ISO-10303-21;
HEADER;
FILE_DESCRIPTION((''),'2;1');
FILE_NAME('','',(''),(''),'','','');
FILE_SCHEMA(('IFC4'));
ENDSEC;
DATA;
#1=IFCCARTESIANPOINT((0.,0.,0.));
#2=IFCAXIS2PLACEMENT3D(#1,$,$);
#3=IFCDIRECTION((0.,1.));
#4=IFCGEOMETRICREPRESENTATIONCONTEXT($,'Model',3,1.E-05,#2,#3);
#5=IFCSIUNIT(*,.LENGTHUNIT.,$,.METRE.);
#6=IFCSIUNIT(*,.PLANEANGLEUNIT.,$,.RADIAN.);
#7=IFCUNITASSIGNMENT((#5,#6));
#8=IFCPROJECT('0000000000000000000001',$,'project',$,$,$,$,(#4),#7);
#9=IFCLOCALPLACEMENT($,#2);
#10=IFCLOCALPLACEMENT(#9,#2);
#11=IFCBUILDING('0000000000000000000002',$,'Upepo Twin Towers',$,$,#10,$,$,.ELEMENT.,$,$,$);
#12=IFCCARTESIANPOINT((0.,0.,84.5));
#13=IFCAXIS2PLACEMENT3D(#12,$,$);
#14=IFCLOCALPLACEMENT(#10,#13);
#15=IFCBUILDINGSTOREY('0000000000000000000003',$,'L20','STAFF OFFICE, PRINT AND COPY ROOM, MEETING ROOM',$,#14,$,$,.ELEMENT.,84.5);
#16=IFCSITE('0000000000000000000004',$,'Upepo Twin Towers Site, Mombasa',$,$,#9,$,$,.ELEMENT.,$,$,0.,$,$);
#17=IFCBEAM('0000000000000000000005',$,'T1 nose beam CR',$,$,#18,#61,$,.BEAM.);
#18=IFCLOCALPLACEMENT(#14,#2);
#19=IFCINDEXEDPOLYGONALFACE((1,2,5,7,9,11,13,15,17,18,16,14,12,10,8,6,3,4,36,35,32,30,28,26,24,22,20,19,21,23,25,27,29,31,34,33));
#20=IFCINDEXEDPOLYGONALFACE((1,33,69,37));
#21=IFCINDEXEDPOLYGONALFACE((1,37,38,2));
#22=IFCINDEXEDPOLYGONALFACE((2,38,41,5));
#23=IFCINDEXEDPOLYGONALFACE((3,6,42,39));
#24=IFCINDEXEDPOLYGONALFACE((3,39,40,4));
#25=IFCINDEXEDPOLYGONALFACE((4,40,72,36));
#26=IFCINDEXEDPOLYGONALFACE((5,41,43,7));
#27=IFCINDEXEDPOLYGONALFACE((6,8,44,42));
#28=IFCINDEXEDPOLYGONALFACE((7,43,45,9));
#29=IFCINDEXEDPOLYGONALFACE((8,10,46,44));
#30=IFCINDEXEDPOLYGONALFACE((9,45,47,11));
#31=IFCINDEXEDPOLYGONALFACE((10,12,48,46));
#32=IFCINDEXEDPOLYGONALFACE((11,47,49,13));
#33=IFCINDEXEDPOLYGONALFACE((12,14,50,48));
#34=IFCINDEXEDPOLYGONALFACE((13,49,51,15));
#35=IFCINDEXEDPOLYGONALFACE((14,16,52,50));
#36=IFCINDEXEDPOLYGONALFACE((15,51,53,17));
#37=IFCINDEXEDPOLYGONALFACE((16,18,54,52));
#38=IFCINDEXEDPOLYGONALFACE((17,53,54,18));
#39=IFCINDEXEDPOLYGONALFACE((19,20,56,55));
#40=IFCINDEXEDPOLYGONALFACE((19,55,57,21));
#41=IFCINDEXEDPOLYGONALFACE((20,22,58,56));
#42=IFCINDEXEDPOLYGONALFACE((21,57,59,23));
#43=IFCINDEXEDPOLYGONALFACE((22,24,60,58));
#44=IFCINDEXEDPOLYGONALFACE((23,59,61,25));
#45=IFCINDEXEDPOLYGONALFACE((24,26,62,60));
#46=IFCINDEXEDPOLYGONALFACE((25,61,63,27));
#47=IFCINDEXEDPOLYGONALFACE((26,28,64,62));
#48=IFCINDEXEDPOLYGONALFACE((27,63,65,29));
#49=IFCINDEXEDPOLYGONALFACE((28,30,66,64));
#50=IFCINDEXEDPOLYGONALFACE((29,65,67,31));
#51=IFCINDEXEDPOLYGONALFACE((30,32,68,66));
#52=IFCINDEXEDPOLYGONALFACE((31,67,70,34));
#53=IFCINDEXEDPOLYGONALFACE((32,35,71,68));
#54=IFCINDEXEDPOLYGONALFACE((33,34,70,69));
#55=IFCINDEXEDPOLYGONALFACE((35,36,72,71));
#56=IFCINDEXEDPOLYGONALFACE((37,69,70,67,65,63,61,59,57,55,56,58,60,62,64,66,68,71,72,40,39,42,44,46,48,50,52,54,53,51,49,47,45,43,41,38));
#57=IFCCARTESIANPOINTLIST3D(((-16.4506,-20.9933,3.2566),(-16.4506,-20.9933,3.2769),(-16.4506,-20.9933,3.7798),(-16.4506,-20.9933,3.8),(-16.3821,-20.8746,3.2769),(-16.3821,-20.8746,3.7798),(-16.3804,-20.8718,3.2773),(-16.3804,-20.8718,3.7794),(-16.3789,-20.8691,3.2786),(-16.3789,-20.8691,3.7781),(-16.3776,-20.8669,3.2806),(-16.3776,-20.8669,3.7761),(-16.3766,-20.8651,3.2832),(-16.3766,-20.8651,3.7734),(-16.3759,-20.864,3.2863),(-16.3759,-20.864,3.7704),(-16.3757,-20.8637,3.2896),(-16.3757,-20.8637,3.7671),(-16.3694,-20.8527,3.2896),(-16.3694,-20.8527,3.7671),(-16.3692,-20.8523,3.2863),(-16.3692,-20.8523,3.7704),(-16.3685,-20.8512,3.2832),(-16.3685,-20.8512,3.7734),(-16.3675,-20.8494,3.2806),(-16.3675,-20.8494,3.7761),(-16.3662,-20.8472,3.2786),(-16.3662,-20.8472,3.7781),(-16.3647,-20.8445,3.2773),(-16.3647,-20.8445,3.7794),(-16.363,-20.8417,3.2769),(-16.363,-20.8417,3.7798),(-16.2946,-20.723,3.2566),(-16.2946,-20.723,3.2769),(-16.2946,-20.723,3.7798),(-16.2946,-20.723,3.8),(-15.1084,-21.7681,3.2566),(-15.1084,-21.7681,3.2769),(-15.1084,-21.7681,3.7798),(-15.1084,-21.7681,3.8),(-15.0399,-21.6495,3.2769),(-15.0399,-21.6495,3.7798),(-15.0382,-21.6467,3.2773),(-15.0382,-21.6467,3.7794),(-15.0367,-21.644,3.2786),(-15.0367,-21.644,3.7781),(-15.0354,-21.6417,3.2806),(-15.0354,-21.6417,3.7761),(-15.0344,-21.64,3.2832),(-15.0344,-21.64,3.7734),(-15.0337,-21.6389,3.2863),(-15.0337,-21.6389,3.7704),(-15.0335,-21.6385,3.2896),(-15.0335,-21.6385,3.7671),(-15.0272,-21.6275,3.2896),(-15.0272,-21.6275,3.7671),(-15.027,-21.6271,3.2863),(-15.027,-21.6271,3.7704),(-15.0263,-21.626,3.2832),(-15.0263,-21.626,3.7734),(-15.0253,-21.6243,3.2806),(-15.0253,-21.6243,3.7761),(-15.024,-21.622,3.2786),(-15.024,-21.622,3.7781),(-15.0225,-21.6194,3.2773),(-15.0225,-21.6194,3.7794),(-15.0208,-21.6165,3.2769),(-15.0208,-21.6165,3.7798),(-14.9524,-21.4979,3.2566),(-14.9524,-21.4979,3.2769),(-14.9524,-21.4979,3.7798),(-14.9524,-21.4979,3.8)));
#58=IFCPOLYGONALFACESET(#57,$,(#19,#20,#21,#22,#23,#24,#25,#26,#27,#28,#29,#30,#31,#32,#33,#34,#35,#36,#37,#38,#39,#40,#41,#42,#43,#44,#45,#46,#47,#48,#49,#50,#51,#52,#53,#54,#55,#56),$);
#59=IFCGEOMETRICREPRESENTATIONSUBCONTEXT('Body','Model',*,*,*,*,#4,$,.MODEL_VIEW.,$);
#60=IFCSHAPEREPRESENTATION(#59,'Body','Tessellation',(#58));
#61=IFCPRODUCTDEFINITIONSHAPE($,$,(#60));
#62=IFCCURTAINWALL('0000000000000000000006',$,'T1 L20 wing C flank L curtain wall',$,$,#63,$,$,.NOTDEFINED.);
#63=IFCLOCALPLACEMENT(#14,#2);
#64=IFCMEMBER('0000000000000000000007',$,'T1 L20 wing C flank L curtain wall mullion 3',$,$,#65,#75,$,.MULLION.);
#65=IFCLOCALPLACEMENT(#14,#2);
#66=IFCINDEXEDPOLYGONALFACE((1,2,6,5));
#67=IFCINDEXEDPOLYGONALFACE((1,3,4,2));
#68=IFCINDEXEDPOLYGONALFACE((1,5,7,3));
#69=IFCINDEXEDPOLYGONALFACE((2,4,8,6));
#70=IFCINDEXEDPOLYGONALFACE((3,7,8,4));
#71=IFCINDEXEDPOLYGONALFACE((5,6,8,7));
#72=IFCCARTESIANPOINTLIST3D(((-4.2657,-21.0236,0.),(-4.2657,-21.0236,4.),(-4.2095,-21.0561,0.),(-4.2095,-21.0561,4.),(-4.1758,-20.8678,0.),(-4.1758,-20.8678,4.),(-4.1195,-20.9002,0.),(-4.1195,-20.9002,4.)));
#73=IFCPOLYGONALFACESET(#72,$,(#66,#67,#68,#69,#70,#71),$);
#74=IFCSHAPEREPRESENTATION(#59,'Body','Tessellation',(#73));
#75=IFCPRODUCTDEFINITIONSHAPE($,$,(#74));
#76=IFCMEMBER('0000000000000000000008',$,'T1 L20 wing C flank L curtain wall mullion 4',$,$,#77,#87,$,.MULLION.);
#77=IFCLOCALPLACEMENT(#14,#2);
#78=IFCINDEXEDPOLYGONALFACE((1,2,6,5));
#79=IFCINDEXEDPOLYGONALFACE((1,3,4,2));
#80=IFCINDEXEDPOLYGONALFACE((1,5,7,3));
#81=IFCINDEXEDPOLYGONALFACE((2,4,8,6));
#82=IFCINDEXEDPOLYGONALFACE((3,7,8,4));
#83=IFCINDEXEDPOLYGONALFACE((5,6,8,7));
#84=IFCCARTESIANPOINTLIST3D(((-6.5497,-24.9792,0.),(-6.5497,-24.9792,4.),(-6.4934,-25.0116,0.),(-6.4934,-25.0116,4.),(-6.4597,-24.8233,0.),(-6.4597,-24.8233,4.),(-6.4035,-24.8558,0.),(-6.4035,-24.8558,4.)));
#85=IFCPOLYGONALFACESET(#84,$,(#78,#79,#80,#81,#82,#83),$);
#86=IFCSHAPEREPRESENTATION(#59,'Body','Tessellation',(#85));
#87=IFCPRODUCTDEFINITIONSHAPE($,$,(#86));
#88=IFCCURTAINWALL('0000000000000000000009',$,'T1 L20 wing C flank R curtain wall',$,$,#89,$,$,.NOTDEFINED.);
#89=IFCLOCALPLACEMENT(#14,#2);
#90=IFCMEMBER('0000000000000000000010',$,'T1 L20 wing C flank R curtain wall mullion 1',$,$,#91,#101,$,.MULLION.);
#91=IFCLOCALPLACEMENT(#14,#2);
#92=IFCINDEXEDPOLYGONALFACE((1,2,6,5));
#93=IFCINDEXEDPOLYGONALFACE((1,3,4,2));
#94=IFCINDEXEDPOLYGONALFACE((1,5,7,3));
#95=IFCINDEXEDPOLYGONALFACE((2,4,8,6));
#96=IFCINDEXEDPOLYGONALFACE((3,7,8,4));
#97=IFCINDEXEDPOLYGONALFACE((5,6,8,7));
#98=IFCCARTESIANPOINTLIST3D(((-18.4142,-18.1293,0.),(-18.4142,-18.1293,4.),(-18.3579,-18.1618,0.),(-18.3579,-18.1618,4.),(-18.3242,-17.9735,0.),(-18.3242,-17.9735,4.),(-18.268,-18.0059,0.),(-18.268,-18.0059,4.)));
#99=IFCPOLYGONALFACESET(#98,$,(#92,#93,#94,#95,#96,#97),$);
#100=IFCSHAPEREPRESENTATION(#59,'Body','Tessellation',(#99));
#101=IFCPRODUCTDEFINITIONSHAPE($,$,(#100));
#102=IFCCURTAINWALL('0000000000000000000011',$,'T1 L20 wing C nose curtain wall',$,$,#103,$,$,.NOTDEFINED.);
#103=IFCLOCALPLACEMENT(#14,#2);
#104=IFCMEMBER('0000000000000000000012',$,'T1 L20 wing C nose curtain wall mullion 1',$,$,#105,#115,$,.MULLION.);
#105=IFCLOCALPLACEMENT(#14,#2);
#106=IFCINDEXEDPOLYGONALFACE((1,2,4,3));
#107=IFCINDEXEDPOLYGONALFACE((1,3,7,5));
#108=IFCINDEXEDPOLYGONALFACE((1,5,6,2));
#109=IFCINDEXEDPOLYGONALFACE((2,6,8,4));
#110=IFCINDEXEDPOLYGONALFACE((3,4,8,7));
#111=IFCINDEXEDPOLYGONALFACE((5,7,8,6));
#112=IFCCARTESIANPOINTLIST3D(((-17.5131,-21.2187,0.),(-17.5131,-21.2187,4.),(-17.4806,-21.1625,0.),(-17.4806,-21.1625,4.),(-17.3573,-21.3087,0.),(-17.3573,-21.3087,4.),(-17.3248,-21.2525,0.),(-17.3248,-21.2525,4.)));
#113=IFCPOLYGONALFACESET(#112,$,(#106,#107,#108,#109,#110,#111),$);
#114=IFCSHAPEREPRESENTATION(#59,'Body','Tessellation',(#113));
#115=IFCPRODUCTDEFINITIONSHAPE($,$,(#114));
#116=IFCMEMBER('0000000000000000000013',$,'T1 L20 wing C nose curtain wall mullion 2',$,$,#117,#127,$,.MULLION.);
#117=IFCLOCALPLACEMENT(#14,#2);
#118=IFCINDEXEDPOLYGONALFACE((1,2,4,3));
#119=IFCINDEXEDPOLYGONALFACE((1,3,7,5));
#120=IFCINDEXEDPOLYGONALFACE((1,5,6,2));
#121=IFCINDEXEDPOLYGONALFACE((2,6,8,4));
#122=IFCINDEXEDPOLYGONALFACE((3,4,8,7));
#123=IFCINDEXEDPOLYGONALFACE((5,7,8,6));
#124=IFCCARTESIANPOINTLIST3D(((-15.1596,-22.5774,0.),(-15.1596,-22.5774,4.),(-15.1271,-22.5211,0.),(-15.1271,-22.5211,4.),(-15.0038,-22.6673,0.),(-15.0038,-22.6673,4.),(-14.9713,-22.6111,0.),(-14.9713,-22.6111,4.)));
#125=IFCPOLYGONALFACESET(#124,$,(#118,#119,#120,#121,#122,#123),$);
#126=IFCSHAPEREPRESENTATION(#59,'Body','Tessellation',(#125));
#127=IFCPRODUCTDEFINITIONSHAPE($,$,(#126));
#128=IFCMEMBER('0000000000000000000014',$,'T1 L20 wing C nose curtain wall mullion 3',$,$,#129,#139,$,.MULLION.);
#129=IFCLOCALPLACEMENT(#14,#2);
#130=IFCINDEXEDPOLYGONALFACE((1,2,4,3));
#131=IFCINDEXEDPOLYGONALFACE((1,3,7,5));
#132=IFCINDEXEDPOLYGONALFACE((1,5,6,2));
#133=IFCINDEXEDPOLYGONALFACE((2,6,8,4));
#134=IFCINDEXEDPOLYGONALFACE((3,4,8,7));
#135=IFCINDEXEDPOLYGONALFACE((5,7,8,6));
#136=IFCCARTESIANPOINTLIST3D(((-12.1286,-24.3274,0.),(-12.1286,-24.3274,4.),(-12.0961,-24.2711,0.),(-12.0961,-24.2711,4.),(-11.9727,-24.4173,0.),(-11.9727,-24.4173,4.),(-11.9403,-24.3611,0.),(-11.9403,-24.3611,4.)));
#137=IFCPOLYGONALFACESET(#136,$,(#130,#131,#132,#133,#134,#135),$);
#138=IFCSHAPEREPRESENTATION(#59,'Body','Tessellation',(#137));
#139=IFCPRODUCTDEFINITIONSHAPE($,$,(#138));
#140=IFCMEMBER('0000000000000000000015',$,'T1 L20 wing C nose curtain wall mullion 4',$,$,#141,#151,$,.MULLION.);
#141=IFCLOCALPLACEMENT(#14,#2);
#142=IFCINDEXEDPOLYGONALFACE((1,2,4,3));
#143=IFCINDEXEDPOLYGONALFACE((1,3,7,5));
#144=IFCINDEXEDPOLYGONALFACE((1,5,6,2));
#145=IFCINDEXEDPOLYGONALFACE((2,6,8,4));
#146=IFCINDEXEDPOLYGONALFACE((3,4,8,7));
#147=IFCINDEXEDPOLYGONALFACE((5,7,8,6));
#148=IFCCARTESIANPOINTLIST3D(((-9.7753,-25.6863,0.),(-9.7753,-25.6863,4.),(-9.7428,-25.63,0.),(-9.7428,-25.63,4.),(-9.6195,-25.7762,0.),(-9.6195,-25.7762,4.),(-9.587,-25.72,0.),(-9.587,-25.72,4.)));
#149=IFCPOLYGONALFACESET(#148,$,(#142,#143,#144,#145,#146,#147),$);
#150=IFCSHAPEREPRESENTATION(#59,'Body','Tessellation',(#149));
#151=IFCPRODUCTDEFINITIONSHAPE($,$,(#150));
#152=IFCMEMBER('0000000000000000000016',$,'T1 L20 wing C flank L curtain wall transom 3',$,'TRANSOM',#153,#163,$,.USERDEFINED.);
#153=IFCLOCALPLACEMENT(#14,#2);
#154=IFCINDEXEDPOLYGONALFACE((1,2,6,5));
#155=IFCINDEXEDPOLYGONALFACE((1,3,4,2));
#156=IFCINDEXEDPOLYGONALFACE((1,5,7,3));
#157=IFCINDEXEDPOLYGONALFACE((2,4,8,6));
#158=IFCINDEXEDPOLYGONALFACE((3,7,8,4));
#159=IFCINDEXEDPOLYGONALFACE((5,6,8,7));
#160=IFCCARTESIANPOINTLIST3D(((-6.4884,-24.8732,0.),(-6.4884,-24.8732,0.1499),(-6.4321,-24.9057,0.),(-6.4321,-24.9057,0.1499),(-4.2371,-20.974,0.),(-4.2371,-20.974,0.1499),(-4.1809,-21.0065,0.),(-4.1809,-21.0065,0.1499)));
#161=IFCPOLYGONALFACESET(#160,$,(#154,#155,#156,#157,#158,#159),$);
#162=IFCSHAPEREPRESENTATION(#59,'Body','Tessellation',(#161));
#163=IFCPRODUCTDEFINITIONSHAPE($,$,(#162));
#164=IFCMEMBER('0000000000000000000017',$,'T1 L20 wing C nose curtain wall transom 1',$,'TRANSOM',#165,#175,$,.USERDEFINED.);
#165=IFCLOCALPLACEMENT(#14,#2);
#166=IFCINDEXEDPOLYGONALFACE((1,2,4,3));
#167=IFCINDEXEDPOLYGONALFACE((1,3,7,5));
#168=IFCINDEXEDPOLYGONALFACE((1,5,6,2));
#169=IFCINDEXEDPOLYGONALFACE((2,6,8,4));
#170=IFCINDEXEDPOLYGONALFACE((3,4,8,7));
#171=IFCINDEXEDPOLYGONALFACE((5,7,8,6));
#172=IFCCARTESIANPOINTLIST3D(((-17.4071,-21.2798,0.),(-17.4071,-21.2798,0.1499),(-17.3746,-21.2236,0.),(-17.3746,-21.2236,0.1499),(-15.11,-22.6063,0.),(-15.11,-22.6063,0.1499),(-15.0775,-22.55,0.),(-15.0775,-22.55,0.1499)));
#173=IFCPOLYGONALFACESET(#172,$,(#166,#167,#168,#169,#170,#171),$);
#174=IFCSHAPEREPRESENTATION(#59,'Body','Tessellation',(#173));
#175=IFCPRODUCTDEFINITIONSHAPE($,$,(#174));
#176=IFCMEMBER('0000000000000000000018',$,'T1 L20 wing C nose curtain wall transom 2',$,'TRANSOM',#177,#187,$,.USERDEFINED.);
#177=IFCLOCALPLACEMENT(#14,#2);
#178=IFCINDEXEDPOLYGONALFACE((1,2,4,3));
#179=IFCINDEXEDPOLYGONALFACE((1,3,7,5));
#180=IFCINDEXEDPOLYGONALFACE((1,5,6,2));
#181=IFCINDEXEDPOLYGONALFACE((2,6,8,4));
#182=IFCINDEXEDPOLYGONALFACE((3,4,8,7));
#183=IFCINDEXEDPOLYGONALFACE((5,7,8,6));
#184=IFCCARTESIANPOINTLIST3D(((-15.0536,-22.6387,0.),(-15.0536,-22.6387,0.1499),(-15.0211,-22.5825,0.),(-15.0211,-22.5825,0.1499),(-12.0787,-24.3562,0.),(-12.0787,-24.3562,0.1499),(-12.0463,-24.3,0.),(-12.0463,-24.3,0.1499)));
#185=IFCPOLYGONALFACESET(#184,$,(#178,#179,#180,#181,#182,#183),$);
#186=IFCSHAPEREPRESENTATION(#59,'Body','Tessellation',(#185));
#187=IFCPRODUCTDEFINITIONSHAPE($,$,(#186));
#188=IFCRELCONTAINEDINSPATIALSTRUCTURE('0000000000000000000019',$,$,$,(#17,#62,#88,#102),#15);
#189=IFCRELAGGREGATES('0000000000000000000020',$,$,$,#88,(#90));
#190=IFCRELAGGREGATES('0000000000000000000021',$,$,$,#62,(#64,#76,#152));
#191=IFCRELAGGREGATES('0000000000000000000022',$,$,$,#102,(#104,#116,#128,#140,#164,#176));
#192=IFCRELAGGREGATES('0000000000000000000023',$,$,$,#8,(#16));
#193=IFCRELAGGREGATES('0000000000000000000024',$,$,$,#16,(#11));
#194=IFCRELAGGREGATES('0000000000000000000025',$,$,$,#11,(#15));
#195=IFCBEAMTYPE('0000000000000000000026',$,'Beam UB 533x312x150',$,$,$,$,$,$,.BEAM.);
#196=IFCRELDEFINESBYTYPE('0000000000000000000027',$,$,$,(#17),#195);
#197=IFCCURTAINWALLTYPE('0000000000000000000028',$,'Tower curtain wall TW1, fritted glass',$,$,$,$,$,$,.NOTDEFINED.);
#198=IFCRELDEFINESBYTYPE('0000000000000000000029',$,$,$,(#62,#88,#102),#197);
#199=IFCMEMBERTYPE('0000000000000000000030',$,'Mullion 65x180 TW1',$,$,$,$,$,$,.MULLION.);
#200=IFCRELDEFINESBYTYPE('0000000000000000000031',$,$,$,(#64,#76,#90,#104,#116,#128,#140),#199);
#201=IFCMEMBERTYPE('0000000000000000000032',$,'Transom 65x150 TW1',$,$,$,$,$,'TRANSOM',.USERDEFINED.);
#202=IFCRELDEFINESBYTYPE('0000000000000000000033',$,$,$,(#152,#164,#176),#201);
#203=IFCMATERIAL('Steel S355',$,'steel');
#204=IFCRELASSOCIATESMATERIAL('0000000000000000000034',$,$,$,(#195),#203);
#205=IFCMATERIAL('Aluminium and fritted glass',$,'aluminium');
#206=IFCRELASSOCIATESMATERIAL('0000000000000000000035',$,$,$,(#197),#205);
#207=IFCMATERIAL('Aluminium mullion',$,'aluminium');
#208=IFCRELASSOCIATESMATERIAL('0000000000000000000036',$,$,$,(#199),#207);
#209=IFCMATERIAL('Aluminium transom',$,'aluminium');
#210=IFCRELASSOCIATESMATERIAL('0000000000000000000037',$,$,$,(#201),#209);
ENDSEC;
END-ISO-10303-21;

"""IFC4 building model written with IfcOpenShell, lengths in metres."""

from ifc_helpers import new_model, si_unit, direction, frame, origin, origin_2d, place, context, subcontext, project, spatial, rectangle, i_section, extrude, material, material_profile, profile_set, type_object, element, aggregate, save


model = new_model("IFC4")

# Units and contexts
model_context = context("Model", 3, precision=1e-05, world=origin(), true_north=direction((0.0, 1.0)))
body_context = subcontext(model_context, "Body", "Model", "MODEL_VIEW")
ifc_project = project(units=[si_unit("LENGTHUNIT", "METRE"), si_unit("PLANEANGLEUNIT", "RADIAN")], contexts=[model_context])

# Site, building, storey
site_placement = place(None, origin())
site = spatial("IfcSite", under=ifc_project, at=site_placement, Name="Upepo Twin Towers Site, Mombasa", CompositionType="ELEMENT", RefElevation=0.0)
building_placement = place(site_placement, origin())
building = spatial("IfcBuilding", under=site, at=building_placement, Name="Upepo Twin Towers", CompositionType="ELEMENT")
storey_placement = place(building_placement, frame((0.0, 0.0, 84.5)))
storey = spatial("IfcBuildingStorey", under=building, at=storey_placement, Name="L20", Description="STAFF OFFICE, PRINT AND COPY ROOM, MEETING ROOM", CompositionType="ELEMENT", Elevation=84.5)

# Beam
ifc_material_1 = material(Name="Steel S355", Category="steel")
ifc_material_profile_1 = material_profile(ifc_material_1, i_section(OverallWidth=0.312, OverallDepth=0.5435, WebThickness=0.0127, FlangeThickness=0.0203, FilletRadius=0.0127, at=origin_2d()), Name="UB 533x312x150")
ifc_profile_set_1 = profile_set([ifc_material_profile_1], Name="Steel S355")
beam_type_1 = type_object("IfcBeamType", Name="Beam UB 533x312x150", PredefinedType="BEAM", material=ifc_profile_set_1)
for number, where, z_axis, x_axis, name in (
    (1, (-16.3726, -20.8582, 3.5283), (0.866044, -0.499968, 0.0), (0.499968, 0.866044, 0.0), "T1 nose beam CR"),
):
    element("IfcBeam", number, at=place(storey_placement, frame(where, z_axis=z_axis, x_axis=x_axis)), inside=storey, type_object=beam_type_1, Name=name, PredefinedType="BEAM", context=body_context, shape_type="SweptSolid", body=[
        extrude(i_section(OverallWidth=0.312, OverallDepth=0.5435, WebThickness=0.0127, FlangeThickness=0.0203, FilletRadius=0.0127, at=origin_2d()), origin(), (0.0, 0.0, 1.0), 1.5498),
    ])

# Curtain wall, members
ifc_material_2 = material(Name="Aluminium and fritted glass", Category="aluminium")
curtain_wall_type = type_object("IfcCurtainWallType", Name="Tower curtain wall TW1, fritted glass", PredefinedType="NOTDEFINED", material=ifc_material_2)
curtain_wall_1_placement = place(storey_placement, origin())
curtain_wall_1 = element("IfcCurtainWall", 2, at=curtain_wall_1_placement, inside=storey, type_object=curtain_wall_type, Name="T1 L20 wing C flank L curtain wall", PredefinedType="NOTDEFINED")
ifc_material_3 = material(Name="Aluminium mullion", Category="aluminium")
ifc_material_profile_2 = material_profile(ifc_material_3, rectangle(XDim=0.0649, YDim=0.1799, at=origin_2d()), Name="MULLION 65x180")
ifc_profile_set_2 = profile_set([ifc_material_profile_2], Name="Aluminium mullion")
member_type_1 = type_object("IfcMemberType", Name="Mullion 65x180 TW1", PredefinedType="MULLION", material=ifc_profile_set_2)
member_1_placement = place(storey_placement, frame((-4.1926, -20.9619, 0.0), z_axis=(0.0, 0.0, 1.0), x_axis=(0.866025, -0.5, 0.0)))
member_1 = element("IfcMember", 3, at=member_1_placement, type_object=member_type_1, Name="T1 L20 wing C flank L curtain wall mullion 3", PredefinedType="MULLION", context=body_context, shape_type="SweptSolid", body=[
    extrude(rectangle(XDim=0.0649, YDim=0.1799, at=origin_2d()), origin(), (0.0, 0.0, 1.0), 4.0),
])
member_2_placement = place(storey_placement, frame((-6.4766, -24.9175, 0.0), z_axis=(0.0, 0.0, 1.0), x_axis=(0.866025, -0.5, 0.0)))
member_2 = element("IfcMember", 4, at=member_2_placement, type_object=member_type_1, Name="T1 L20 wing C flank L curtain wall mullion 4", PredefinedType="MULLION", context=body_context, shape_type="SweptSolid", body=[
    extrude(rectangle(XDim=0.0649, YDim=0.1799, at=origin_2d()), origin(), (0.0, 0.0, 1.0), 4.0),
])

# Curtain wall, member
curtain_wall_2_placement = place(storey_placement, origin())
curtain_wall_2 = element("IfcCurtainWall", 5, at=curtain_wall_2_placement, inside=storey, type_object=curtain_wall_type, Name="T1 L20 wing C flank R curtain wall", PredefinedType="NOTDEFINED")
member_3_placement = place(storey_placement, frame((-18.3411, -18.0676, 0.0), z_axis=(0.0, 0.0, 1.0), x_axis=(-0.866025, 0.5, 0.0)))
member_3 = element("IfcMember", 6, at=member_3_placement, type_object=member_type_1, Name="T1 L20 wing C flank R curtain wall mullion 1", PredefinedType="MULLION", context=body_context, shape_type="SweptSolid", body=[
    extrude(rectangle(XDim=0.0649, YDim=0.1799, at=origin_2d()), origin(), (0.0, 0.0, 1.0), 4.0),
])
aggregate(curtain_wall_2, [member_3])

# Curtain wall, members
curtain_wall_3_placement = place(storey_placement, origin())
curtain_wall_3 = element("IfcCurtainWall", 7, at=curtain_wall_3_placement, inside=storey, type_object=curtain_wall_type, Name="T1 L20 wing C nose curtain wall", PredefinedType="NOTDEFINED")
member_4_placement = place(storey_placement, frame((-17.4189, -21.2356, 0.0), z_axis=(0.0, 0.0, 1.0), x_axis=(0.5, 0.866025, 0.0)))
member_4 = element("IfcMember", 8, at=member_4_placement, type_object=member_type_1, Name="T1 L20 wing C nose curtain wall mullion 1", PredefinedType="MULLION", context=body_context, shape_type="SweptSolid", body=[
    extrude(rectangle(XDim=0.0649, YDim=0.1799, at=origin_2d()), origin(), (0.0, 0.0, 1.0), 4.0),
])
member_5_placement = place(storey_placement, frame((-15.0654, -22.5942, 0.0), z_axis=(0.0, 0.0, 1.0), x_axis=(0.5, 0.866025, 0.0)))
member_5 = element("IfcMember", 9, at=member_5_placement, type_object=member_type_1, Name="T1 L20 wing C nose curtain wall mullion 2", PredefinedType="MULLION", context=body_context, shape_type="SweptSolid", body=[
    extrude(rectangle(XDim=0.0649, YDim=0.1799, at=origin_2d()), origin(), (0.0, 0.0, 1.0), 4.0),
])
member_6_placement = place(storey_placement, frame((-12.0344, -24.3442, 0.0), z_axis=(0.0, 0.0, 1.0), x_axis=(0.5, 0.866025, 0.0)))
member_6 = element("IfcMember", 10, at=member_6_placement, type_object=member_type_1, Name="T1 L20 wing C nose curtain wall mullion 3", PredefinedType="MULLION", context=body_context, shape_type="SweptSolid", body=[
    extrude(rectangle(XDim=0.0649, YDim=0.1799, at=origin_2d()), origin(), (0.0, 0.0, 1.0), 4.0),
])
member_7_placement = place(storey_placement, frame((-9.6812, -25.7031, 0.0), z_axis=(0.0, 0.0, 1.0), x_axis=(0.5, 0.866025, 0.0)))
member_7 = element("IfcMember", 11, at=member_7_placement, type_object=member_type_1, Name="T1 L20 wing C nose curtain wall mullion 4", PredefinedType="MULLION", context=body_context, shape_type="SweptSolid", body=[
    extrude(rectangle(XDim=0.0649, YDim=0.1799, at=origin_2d()), origin(), (0.0, 0.0, 1.0), 4.0),
])

# Members
ifc_material_4 = material(Name="Aluminium transom", Category="aluminium")
ifc_material_profile_3 = material_profile(ifc_material_4, rectangle(XDim=0.0649, YDim=0.1499, at=origin_2d()), Name="TRANSOM 65x150")
ifc_profile_set_3 = profile_set([ifc_material_profile_3], Name="Aluminium transom")
member_type_2 = type_object("IfcMemberType", Name="Transom 65x150 TW1", ElementType="TRANSOM", PredefinedType="USERDEFINED", material=ifc_profile_set_3)
member_8_placement = place(storey_placement, frame((-4.209, -20.9902, 0.075), z_axis=(-0.500006, -0.866022, 0.0), x_axis=(0.866022, -0.500006, 0.0)))
member_8 = element("IfcMember", 12, at=member_8_placement, type_object=member_type_2, Name="T1 L20 wing C flank L curtain wall transom 3", ObjectType="TRANSOM", PredefinedType="USERDEFINED", context=body_context, shape_type="SweptSolid", body=[
    extrude(rectangle(XDim=0.0649, YDim=0.1499, at=origin_2d()), origin(), (0.0, 0.0, 1.0), 4.5024),
])
member_9_placement = place(storey_placement, frame((-17.3909, -21.2517, 0.075), z_axis=(0.865997, -0.500049, 0.0), x_axis=(0.500049, 0.865997, 0.0)))
member_9 = element("IfcMember", 13, at=member_9_placement, type_object=member_type_2, Name="T1 L20 wing C nose curtain wall transom 1", ObjectType="TRANSOM", PredefinedType="USERDEFINED", context=body_context, shape_type="SweptSolid", body=[
    extrude(rectangle(XDim=0.0649, YDim=0.1499, at=origin_2d()), origin(), (0.0, 0.0, 1.0), 2.6526),
])
member_10_placement = place(storey_placement, frame((-15.0374, -22.6106, 0.075), z_axis=(0.866026, -0.499999, 0.0), x_axis=(0.499999, 0.866026, 0.0)))
member_10 = element("IfcMember", 14, at=member_10_placement, type_object=member_type_2, Name="T1 L20 wing C nose curtain wall transom 2", ObjectType="TRANSOM", PredefinedType="USERDEFINED", context=body_context, shape_type="SweptSolid", body=[
    extrude(rectangle(XDim=0.0649, YDim=0.1499, at=origin_2d()), origin(), (0.0, 0.0, 1.0), 3.4351),
])

aggregate(curtain_wall_1, [member_1, member_2, member_8])
aggregate(curtain_wall_3, [member_4, member_5, member_6, member_7, member_9, member_10])

save(model, "model.ifc")
